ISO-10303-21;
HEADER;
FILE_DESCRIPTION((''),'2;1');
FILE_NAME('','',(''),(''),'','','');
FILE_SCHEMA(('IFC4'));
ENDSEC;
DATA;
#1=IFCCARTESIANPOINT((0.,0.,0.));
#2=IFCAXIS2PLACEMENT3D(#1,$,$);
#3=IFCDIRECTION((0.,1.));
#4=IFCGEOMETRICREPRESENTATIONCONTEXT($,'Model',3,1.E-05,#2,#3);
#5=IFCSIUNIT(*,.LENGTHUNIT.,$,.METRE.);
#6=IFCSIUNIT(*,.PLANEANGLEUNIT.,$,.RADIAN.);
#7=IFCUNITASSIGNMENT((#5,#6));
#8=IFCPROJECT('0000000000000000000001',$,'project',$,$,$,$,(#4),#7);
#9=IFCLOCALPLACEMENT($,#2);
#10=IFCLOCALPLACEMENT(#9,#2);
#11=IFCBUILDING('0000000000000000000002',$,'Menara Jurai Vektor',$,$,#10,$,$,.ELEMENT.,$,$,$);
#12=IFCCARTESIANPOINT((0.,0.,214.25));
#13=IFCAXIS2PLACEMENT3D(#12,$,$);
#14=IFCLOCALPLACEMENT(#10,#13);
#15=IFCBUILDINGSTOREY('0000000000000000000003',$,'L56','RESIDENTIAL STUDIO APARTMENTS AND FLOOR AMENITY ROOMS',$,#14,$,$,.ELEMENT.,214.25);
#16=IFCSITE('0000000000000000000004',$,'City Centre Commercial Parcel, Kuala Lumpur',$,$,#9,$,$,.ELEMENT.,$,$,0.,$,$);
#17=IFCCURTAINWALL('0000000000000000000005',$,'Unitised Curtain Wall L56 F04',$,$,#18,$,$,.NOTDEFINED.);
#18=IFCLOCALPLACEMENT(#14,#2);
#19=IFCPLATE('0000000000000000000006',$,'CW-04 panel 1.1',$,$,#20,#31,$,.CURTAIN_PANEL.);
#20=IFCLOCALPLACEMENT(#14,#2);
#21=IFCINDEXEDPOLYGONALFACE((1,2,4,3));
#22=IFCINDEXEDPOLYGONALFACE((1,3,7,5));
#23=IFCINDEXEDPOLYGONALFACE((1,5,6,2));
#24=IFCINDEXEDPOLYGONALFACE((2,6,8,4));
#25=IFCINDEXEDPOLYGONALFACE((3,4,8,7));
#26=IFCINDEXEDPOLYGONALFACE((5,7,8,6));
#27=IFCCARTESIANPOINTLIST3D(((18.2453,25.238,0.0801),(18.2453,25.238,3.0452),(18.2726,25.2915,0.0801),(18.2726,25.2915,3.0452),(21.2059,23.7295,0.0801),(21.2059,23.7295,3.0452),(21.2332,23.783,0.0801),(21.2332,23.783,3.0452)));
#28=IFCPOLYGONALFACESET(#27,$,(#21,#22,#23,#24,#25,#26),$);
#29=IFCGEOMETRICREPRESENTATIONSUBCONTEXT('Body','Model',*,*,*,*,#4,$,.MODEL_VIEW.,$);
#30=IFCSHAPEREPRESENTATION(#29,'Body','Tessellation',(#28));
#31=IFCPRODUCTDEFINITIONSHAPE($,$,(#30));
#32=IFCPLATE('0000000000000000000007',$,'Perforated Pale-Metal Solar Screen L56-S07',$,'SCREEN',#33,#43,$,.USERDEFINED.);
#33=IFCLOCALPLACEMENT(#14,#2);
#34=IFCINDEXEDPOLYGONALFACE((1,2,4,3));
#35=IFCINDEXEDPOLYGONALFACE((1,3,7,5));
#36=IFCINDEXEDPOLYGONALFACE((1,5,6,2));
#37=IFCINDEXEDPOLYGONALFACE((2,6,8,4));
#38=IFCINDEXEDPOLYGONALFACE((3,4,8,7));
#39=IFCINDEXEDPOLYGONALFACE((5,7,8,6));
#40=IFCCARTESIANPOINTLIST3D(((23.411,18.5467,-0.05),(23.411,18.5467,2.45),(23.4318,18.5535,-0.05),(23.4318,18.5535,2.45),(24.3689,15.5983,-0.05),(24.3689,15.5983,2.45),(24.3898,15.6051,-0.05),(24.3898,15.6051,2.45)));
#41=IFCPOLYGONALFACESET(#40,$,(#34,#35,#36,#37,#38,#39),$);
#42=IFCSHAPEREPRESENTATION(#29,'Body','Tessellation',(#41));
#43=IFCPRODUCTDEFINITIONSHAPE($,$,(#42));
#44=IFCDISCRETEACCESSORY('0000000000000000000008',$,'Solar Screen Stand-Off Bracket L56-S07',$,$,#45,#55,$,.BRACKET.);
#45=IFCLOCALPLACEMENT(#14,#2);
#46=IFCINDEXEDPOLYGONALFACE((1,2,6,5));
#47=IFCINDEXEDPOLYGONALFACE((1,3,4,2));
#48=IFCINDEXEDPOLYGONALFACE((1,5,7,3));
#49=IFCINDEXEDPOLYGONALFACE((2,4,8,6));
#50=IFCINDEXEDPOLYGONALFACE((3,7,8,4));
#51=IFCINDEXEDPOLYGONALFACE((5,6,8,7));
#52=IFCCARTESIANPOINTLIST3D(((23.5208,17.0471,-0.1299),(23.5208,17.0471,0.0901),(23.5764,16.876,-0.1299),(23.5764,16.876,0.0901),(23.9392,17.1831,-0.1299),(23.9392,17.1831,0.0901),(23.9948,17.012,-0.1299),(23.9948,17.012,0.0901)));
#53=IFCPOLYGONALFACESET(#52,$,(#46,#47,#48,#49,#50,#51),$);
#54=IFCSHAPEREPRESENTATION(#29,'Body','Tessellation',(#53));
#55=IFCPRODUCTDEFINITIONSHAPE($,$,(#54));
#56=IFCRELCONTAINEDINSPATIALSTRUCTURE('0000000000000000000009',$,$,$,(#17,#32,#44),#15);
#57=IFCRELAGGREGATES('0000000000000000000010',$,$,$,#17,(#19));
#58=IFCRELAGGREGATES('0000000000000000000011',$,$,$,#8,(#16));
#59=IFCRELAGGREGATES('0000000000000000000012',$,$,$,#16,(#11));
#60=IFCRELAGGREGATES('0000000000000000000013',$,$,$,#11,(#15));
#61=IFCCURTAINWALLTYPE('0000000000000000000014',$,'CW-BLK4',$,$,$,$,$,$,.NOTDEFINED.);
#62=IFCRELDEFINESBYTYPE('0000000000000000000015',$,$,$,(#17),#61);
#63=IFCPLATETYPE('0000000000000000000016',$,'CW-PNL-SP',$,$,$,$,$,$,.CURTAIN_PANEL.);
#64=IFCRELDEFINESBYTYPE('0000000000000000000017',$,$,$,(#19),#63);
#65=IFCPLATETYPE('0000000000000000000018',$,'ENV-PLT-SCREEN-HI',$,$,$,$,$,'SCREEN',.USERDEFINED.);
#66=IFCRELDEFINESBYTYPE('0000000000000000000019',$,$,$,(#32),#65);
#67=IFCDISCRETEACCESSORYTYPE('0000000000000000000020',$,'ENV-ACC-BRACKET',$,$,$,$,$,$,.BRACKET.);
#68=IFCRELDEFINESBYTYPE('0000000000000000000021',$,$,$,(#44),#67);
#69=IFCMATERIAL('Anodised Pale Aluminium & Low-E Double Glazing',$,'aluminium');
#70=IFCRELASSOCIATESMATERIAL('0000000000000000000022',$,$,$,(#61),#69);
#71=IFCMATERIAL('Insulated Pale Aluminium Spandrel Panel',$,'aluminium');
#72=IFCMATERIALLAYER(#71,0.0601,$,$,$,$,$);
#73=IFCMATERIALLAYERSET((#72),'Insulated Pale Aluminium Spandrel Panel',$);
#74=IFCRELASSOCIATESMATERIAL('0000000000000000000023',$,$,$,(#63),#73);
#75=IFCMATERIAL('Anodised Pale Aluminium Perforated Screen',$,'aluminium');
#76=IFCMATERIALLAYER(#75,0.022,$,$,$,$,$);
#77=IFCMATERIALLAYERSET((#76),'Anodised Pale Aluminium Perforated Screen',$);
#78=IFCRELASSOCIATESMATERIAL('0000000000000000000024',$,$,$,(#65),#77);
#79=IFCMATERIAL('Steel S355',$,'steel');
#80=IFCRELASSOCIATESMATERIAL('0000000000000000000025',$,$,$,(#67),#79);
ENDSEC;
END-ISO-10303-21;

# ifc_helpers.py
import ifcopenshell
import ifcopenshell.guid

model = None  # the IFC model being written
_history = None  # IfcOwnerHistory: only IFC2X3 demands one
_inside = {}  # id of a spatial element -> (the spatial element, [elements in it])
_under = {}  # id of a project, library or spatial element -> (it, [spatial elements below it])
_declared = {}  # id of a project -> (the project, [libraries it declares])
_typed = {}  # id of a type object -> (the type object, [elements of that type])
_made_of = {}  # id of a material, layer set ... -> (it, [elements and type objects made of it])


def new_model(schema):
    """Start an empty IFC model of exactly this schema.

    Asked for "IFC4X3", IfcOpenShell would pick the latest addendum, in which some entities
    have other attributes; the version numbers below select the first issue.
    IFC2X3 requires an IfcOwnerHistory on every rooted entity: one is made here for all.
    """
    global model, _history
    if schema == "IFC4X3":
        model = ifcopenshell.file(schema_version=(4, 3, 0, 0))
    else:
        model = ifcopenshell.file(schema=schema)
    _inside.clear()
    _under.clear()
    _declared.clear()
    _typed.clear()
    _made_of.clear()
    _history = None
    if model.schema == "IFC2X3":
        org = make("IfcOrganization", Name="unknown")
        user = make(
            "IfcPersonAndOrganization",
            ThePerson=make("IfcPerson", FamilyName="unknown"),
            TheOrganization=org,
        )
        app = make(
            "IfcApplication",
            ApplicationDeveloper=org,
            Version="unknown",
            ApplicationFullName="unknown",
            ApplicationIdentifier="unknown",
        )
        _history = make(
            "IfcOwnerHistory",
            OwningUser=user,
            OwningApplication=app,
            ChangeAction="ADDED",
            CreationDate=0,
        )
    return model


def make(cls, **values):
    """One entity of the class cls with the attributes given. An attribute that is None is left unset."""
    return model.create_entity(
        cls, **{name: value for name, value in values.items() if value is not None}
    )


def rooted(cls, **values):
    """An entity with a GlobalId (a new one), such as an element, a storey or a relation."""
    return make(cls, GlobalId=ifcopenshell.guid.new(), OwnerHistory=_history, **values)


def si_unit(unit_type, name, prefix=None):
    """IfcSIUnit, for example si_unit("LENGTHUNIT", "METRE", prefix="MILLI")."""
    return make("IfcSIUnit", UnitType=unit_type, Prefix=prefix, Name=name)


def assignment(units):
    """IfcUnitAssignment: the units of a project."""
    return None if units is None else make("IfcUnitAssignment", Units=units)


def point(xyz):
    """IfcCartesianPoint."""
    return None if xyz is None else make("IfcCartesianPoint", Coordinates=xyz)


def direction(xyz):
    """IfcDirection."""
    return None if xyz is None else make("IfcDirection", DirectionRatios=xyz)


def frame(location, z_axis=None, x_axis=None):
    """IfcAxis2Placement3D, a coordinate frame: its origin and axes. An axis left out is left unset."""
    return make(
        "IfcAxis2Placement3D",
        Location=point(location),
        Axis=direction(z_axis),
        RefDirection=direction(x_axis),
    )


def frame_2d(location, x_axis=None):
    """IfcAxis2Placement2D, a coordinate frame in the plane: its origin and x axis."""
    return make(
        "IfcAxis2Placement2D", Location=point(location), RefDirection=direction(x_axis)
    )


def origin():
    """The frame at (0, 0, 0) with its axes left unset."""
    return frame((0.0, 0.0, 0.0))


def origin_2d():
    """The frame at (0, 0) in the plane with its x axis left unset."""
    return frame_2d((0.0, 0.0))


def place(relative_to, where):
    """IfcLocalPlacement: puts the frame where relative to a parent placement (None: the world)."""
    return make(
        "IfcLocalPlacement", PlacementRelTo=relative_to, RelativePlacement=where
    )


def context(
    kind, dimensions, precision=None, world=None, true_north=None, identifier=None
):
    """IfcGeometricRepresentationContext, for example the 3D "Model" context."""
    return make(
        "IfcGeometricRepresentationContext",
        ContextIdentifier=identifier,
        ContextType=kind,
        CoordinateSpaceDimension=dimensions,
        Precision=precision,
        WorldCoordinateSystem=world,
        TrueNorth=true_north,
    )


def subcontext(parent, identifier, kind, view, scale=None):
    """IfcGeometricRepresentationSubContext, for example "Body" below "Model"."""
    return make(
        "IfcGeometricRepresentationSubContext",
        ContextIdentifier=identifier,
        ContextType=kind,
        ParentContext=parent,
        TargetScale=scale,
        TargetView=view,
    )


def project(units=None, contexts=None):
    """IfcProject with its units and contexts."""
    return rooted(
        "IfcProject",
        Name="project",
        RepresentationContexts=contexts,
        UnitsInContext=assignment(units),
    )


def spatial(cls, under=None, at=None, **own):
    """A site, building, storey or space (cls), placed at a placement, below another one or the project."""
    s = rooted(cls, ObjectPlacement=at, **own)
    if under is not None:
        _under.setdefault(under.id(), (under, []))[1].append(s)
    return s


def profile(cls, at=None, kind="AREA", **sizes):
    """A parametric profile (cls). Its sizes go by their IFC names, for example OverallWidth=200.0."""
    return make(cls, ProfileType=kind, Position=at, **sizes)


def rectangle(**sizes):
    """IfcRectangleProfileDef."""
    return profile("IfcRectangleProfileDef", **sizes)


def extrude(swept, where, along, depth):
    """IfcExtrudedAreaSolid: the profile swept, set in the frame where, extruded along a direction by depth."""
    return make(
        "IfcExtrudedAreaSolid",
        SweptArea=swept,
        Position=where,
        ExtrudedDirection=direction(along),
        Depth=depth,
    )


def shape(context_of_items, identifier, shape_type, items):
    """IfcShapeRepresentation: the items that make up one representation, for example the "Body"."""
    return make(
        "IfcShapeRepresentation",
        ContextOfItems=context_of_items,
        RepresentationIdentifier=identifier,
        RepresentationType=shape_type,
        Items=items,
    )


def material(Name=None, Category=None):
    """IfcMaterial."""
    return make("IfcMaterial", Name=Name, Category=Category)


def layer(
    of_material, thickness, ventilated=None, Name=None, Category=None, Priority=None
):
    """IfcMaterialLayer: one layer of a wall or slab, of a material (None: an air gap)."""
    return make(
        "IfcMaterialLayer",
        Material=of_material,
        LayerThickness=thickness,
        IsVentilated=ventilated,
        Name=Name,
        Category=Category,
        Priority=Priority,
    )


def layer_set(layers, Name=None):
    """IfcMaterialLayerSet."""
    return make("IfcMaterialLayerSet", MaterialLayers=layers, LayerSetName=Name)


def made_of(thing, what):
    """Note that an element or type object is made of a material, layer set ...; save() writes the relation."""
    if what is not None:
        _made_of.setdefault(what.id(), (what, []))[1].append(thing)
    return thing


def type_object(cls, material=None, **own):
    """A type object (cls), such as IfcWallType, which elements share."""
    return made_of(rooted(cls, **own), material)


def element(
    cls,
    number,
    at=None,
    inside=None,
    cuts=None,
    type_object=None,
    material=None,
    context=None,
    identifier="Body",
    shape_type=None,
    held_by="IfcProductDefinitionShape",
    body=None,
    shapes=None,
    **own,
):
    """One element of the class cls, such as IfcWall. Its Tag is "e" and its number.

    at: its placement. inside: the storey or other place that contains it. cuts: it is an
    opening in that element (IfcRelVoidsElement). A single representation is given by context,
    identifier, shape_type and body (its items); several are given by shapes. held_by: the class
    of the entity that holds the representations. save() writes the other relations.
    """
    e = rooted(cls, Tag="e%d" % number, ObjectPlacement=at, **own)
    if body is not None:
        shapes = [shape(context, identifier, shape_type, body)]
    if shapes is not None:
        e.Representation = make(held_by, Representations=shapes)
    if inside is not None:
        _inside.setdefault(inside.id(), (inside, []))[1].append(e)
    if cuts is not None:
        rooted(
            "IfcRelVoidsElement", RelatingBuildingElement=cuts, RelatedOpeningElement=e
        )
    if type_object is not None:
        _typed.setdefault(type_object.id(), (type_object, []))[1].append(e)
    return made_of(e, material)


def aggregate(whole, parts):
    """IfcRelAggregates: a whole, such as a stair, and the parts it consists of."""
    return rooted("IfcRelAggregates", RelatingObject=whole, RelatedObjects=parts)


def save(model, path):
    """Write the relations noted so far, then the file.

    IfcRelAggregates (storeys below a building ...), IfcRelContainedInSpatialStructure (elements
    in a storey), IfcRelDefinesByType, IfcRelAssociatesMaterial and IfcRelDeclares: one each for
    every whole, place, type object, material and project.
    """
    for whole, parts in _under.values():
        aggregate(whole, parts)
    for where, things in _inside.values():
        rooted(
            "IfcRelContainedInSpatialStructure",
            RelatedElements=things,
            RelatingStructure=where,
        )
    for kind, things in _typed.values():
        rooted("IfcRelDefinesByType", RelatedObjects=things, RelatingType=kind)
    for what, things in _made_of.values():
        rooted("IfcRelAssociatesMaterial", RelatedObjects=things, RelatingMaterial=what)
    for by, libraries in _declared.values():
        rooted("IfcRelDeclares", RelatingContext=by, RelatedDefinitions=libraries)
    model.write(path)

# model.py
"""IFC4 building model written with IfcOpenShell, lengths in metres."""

from ifc_helpers import new_model, si_unit, direction, frame, origin, origin_2d, place, context, subcontext, project, spatial, rectangle, extrude, material, layer, layer_set, type_object, element, aggregate, save


model = new_model("IFC4")

# Units and contexts
model_context = context("Model", 3, precision=1e-05, world=origin(), true_north=direction((0.0, 1.0)))
body_context = subcontext(model_context, "Body", "Model", "MODEL_VIEW")
ifc_project = project(units=[si_unit("LENGTHUNIT", "METRE"), si_unit("PLANEANGLEUNIT", "RADIAN")], contexts=[model_context])

# Site, building, storey
site_placement = place(None, origin())
site = spatial("IfcSite", under=ifc_project, at=site_placement, Name="City Centre Commercial Parcel, Kuala Lumpur", CompositionType="ELEMENT", RefElevation=0.0)
building_placement = place(site_placement, origin())
building = spatial("IfcBuilding", under=site, at=building_placement, Name="Menara Jurai Vektor", CompositionType="ELEMENT")
storey_placement = place(building_placement, frame((0.0, 0.0, 214.25)))
storey = spatial("IfcBuildingStorey", under=building, at=storey_placement, Name="L56", Description="RESIDENTIAL STUDIO APARTMENTS AND FLOOR AMENITY ROOMS", CompositionType="ELEMENT", Elevation=214.25)

# Curtain wall
ifc_material_1 = material(Name="Anodised Pale Aluminium & Low-E Double Glazing", Category="aluminium")
curtain_wall_type = type_object("IfcCurtainWallType", Name="CW-BLK4", PredefinedType="NOTDEFINED", material=ifc_material_1)
curtain_wall_1_placement = place(storey_placement, origin())
curtain_wall_1 = element("IfcCurtainWall", 1, at=curtain_wall_1_placement, inside=storey, type_object=curtain_wall_type, Name="Unitised Curtain Wall L56 F04", PredefinedType="NOTDEFINED")

# Shared definitions
ifc_material_2 = material(Name="Steel S355", Category="steel")

# Plates
ifc_material_3 = material(Name="Insulated Pale Aluminium Spandrel Panel", Category="aluminium")
ifc_layer_1 = layer(ifc_material_3, 0.0601)
ifc_layer_set_1 = layer_set([ifc_layer_1], Name="Insulated Pale Aluminium Spandrel Panel")
plate_type_1 = type_object("IfcPlateType", Name="CW-PNL-SP", PredefinedType="CURTAIN_PANEL", material=ifc_layer_set_1)
plate_1_placement = place(storey_placement, frame((19.7393, 24.5105, 0.0801), z_axis=(0.0, 0.0, 1.0), x_axis=(-0.891008, 0.453989, 0.0)))
plate_1 = element("IfcPlate", 2, at=plate_1_placement, type_object=plate_type_1, Name="CW-04 panel 1.1", PredefinedType="CURTAIN_PANEL", context=body_context, shape_type="SweptSolid", body=[
    extrude(rectangle(XDim=3.3228, YDim=0.0601, at=origin_2d()), origin(), (0.0, 0.0, 1.0), 2.9651),
])
aggregate(curtain_wall_1, [plate_1])
ifc_material_4 = material(Name="Anodised Pale Aluminium Perforated Screen", Category="aluminium")
ifc_layer_2 = layer(ifc_material_4, 0.022)
ifc_layer_set_2 = layer_set([ifc_layer_2], Name="Anodised Pale Aluminium Perforated Screen")
plate_type_2 = type_object("IfcPlateType", Name="ENV-PLT-SCREEN-HI", ElementType="SCREEN", PredefinedType="USERDEFINED", material=ifc_layer_set_2)
plate_2_placement = place(storey_placement, frame((23.9004, 17.0759, -0.05), z_axis=(0.0, 0.0, 1.0), x_axis=(-0.309017, 0.951057, 0.0)))
element("IfcPlate", 3, at=plate_2_placement, inside=storey, type_object=plate_type_2, Name="Perforated Pale-Metal Solar Screen L56-S07", ObjectType="SCREEN", PredefinedType="USERDEFINED", context=body_context, shape_type="SweptSolid", body=[
    extrude(rectangle(XDim=3.1001, YDim=0.022, at=origin_2d()), origin(), (0.0, 0.0, 1.0), 2.5),
])

# Discrete accessory
discrete_accessory_type = type_object("IfcDiscreteAccessoryType", Name="ENV-ACC-BRACKET", PredefinedType="BRACKET", material=ifc_material_2)
discrete_accessory_placement = place(storey_placement, frame((23.7578, 17.0295, -0.1299), z_axis=(0.0, 0.0, 1.0), x_axis=(-0.309017, 0.951057, 0.0)))
element("IfcDiscreteAccessory", 4, at=discrete_accessory_placement, inside=storey, type_object=discrete_accessory_type, Name="Solar Screen Stand-Off Bracket L56-S07", PredefinedType="BRACKET", context=body_context, shape_type="SweptSolid", body=[
    extrude(rectangle(XDim=0.1799, YDim=0.4399, at=origin_2d()), origin(), (0.0, 0.0, 1.0), 0.22),
])

save(model, "model.ifc")
